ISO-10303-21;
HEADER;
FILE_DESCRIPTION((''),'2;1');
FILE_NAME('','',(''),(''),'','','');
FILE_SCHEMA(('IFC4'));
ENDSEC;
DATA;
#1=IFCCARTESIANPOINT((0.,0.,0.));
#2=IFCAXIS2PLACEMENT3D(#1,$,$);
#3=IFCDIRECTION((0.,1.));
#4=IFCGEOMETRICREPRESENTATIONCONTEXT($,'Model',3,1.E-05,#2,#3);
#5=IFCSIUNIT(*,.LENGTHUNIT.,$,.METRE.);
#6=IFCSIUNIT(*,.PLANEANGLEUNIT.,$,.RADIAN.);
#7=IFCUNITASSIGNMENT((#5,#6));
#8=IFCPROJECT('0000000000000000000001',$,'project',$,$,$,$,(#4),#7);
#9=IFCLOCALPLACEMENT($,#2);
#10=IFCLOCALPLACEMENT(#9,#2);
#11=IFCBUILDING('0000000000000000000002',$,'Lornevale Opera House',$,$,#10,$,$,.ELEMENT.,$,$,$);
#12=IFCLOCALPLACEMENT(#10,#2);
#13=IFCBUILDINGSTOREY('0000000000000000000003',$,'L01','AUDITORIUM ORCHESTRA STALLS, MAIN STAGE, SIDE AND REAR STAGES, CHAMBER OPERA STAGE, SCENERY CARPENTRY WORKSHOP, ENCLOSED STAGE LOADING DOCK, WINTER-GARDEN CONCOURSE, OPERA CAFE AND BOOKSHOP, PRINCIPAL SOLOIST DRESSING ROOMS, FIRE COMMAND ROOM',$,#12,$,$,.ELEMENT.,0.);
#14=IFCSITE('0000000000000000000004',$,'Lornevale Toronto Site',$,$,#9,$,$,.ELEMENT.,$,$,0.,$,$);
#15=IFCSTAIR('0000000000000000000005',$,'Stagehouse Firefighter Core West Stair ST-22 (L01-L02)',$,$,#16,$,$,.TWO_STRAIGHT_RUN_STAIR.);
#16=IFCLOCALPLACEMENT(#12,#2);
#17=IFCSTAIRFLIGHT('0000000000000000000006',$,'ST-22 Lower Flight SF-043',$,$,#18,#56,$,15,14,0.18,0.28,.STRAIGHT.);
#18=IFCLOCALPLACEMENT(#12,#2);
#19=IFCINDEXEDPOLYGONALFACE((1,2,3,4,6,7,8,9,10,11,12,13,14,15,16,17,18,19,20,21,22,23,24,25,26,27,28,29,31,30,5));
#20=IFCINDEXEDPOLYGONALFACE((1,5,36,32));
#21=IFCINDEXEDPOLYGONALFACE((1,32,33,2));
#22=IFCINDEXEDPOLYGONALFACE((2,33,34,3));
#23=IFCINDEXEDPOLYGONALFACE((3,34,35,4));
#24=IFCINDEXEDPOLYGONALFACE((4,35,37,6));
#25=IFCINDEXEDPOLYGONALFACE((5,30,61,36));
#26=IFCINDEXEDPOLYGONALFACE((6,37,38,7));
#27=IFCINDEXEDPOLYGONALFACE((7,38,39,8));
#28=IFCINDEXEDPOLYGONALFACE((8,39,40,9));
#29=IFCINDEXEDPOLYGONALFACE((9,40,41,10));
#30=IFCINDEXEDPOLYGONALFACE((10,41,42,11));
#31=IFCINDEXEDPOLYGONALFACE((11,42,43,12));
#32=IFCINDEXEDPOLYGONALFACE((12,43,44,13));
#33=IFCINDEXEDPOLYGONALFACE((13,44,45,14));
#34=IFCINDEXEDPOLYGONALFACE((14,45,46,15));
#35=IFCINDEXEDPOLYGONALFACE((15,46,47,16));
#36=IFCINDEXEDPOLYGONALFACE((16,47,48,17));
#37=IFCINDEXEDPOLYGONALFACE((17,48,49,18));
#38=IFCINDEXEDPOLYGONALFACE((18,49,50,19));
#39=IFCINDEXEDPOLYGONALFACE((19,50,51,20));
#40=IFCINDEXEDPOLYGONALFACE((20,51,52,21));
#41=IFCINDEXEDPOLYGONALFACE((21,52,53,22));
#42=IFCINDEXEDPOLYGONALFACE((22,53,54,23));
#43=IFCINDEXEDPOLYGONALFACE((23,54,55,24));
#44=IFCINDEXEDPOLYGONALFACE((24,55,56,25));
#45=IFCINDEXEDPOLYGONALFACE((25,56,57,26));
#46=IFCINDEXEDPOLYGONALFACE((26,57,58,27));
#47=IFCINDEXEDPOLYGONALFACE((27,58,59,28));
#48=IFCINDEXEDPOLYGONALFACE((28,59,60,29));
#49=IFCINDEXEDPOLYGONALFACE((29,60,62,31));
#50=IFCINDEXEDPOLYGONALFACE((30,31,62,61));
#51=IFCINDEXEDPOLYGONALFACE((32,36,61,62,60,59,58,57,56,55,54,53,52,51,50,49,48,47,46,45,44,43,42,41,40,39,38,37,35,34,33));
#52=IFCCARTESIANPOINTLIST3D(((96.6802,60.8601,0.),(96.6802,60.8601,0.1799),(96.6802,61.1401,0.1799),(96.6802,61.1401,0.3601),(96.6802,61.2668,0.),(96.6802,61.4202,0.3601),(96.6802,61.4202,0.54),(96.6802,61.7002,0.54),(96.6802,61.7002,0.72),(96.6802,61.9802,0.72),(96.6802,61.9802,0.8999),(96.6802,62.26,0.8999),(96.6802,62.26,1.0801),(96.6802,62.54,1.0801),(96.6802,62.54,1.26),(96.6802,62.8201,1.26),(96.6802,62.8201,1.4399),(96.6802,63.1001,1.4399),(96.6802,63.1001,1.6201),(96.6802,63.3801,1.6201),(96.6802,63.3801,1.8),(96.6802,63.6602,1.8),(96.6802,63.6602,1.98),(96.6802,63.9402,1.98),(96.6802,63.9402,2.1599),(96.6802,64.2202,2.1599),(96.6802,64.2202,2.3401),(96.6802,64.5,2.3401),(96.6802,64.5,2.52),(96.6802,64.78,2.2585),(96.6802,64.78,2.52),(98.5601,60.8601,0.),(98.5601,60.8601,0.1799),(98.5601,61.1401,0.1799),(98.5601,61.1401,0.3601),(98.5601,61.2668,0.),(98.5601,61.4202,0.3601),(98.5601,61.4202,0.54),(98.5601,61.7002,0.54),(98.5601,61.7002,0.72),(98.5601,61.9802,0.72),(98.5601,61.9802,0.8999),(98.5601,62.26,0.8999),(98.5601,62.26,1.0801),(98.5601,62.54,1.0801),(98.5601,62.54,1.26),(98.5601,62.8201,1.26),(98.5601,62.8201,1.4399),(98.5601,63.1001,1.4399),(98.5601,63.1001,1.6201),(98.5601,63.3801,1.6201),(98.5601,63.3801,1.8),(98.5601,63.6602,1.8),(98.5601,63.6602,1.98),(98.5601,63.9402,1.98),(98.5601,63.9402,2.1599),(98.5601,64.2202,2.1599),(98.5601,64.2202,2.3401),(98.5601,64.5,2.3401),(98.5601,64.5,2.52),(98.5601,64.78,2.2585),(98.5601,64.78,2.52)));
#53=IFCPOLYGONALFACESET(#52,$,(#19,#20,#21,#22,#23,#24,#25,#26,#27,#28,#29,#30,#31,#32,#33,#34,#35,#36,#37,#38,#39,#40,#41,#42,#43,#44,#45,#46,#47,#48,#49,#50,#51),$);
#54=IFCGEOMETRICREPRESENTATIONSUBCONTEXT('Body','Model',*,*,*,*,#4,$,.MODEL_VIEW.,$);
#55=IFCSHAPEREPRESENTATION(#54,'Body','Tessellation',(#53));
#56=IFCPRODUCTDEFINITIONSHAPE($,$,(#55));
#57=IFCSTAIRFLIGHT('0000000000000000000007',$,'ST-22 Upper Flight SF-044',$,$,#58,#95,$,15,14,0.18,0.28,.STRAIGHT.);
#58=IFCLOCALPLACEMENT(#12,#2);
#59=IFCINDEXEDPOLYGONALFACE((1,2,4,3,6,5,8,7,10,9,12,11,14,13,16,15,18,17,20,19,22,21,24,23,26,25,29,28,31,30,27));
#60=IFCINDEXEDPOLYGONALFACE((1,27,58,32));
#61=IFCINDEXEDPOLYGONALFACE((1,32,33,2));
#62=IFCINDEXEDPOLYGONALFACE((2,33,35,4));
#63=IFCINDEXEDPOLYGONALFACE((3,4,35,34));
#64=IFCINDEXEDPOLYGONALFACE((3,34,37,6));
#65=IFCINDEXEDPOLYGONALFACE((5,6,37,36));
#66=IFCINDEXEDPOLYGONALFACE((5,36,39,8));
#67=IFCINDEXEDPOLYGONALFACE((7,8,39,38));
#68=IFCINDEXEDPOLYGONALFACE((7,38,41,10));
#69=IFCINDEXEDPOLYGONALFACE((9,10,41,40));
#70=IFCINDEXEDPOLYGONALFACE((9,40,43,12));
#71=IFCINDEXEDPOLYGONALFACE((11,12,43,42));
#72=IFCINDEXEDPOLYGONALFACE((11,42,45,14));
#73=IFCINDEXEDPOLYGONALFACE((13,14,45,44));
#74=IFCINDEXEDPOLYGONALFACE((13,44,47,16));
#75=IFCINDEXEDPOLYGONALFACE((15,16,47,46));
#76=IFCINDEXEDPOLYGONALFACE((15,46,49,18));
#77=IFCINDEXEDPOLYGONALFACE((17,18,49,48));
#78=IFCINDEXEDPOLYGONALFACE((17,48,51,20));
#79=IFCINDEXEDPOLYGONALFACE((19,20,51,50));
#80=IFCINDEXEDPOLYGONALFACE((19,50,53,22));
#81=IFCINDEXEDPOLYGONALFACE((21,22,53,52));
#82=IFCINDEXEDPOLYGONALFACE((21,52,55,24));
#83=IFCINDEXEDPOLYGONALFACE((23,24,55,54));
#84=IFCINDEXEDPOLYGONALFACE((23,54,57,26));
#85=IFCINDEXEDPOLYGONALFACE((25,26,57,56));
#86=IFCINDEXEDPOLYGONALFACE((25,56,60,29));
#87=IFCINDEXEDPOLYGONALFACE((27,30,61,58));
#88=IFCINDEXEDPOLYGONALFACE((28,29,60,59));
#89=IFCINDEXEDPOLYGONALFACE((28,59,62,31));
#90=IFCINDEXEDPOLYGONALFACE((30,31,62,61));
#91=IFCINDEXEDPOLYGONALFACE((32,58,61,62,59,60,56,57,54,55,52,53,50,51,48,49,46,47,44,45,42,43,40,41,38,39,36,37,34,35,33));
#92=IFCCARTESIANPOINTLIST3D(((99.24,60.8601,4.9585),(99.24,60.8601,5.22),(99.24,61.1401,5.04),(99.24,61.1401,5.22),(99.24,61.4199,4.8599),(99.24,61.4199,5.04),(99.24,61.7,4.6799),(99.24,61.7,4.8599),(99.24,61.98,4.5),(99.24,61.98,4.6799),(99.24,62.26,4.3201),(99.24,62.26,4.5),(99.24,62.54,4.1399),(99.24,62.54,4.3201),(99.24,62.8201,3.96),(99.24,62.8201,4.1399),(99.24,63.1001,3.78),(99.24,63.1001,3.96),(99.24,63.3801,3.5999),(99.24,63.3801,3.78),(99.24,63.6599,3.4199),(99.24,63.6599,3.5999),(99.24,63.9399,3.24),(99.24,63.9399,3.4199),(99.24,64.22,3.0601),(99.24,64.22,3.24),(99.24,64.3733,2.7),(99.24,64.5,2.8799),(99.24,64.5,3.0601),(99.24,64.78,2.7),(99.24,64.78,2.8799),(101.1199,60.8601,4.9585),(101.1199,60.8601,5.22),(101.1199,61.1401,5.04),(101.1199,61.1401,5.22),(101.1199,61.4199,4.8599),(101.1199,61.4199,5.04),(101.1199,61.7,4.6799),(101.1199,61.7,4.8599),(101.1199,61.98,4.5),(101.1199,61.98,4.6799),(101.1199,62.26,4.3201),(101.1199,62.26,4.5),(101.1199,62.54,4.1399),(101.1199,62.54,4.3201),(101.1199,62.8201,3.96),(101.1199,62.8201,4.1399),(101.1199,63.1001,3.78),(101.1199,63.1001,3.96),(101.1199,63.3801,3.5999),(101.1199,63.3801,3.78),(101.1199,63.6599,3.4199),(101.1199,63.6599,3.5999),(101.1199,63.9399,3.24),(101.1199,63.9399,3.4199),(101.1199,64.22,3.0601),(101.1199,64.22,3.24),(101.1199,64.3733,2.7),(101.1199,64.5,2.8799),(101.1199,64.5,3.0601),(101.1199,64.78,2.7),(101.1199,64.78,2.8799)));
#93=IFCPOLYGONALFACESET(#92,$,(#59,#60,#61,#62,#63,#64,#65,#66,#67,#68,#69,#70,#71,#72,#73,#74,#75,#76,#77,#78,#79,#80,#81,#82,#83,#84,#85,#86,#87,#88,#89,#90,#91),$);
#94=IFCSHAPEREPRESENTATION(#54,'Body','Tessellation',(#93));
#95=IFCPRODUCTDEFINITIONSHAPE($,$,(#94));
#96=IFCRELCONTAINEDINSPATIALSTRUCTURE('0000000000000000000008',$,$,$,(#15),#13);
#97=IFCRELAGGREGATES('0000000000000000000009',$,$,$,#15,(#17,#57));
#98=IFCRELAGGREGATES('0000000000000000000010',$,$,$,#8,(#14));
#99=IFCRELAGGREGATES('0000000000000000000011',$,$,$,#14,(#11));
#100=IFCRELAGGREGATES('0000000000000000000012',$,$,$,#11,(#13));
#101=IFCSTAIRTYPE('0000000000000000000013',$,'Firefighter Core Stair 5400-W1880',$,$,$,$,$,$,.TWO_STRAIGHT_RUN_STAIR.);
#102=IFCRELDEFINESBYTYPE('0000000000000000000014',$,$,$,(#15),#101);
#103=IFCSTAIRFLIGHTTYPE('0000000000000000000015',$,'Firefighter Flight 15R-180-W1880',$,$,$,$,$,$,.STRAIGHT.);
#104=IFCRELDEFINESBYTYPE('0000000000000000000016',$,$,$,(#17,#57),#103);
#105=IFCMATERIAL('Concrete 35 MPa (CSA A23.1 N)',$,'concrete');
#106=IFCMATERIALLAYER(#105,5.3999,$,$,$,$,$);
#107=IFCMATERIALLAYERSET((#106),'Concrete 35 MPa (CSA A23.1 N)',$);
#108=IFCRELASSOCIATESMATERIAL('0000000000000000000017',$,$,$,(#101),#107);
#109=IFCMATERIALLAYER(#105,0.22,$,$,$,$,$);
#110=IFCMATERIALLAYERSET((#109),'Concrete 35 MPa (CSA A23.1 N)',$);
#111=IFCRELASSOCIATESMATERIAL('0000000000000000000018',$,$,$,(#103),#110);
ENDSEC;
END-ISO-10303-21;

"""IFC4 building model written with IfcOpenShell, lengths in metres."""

from ifc_helpers import new_model, si_unit, direction, frame, origin, place, context, subcontext, project, spatial, polyline, outline, extrude, material, layer, layer_set, type_object, element, aggregate, save


model = new_model("IFC4")

# Units and contexts
model_context = context("Model", 3, precision=1e-05, world=origin(), true_north=direction((0.0, 1.0)))
body_context = subcontext(model_context, "Body", "Model", "MODEL_VIEW")
ifc_project = project(units=[si_unit("LENGTHUNIT", "METRE"), si_unit("PLANEANGLEUNIT", "RADIAN")], contexts=[model_context])

# Site, building, storey
site_placement = place(None, origin())
site = spatial("IfcSite", under=ifc_project, at=site_placement, Name="Lornevale Toronto Site", CompositionType="ELEMENT", RefElevation=0.0)
building_placement = place(site_placement, origin())
building = spatial("IfcBuilding", under=site, at=building_placement, Name="Lornevale Opera House", CompositionType="ELEMENT")
storey_placement = place(building_placement, origin())
storey = spatial("IfcBuildingStorey", under=building, at=storey_placement, Name="L01", Description="AUDITORIUM ORCHESTRA STALLS, MAIN STAGE, SIDE AND REAR STAGES, CHAMBER OPERA STAGE, SCENERY CARPENTRY WORKSHOP, ENCLOSED STAGE LOADING DOCK, WINTER-GARDEN CONCOURSE, OPERA CAFE AND BOOKSHOP, PRINCIPAL SOLOIST DRESSING ROOMS, FIRE COMMAND ROOM", CompositionType="ELEMENT", Elevation=0.0)

# Shared definitions
ifc_material_1 = material(Name="Concrete 35 MPa (CSA A23.1 N)", Category="concrete")

# Stair, stair flights
ifc_layer_1 = layer(ifc_material_1, 5.3999)
ifc_layer_set_1 = layer_set([ifc_layer_1], Name="Concrete 35 MPa (CSA A23.1 N)")
stair_type = type_object("IfcStairType", Name="Firefighter Core Stair 5400-W1880", PredefinedType="TWO_STRAIGHT_RUN_STAIR", material=ifc_layer_set_1)
stair_placement = place(storey_placement, origin())
stair = element("IfcStair", 1, at=stair_placement, inside=storey, type_object=stair_type, Name="Stagehouse Firefighter Core West Stair ST-22 (L01-L02)", PredefinedType="TWO_STRAIGHT_RUN_STAIR")
ifc_layer_2 = layer(ifc_material_1, 0.22)
ifc_layer_set_2 = layer_set([ifc_layer_2], Name="Concrete 35 MPa (CSA A23.1 N)")
stair_flight_type = type_object("IfcStairFlightType", Name="Firefighter Flight 15R-180-W1880", PredefinedType="STRAIGHT", material=ifc_layer_set_2)
stair_flight_1_placement = place(storey_placement, frame((97.6201, 60.8601, 0.0), z_axis=(0.0, 0.0, 1.0), x_axis=(0.0, 1.0, 0.0)))
stair_flight_1 = element("IfcStairFlight", 2, at=stair_flight_1_placement, type_object=stair_flight_type, Name="ST-22 Lower Flight SF-043", NumberOfRisers=15, NumberOfTreads=14, PredefinedType="STRAIGHT", RiserHeight=0.18, TreadLength=0.28, context=body_context, shape_type="SweptSolid", body=[
    extrude(outline(polyline([(0.0, 0.0), (0.0, 0.1799), (0.28, 0.1799), (0.28, 0.3601), (0.5601, 0.3601), (0.5601, 0.54), (0.8401, 0.54), (0.8401, 0.72), (1.1201, 0.72), (1.1201, 0.8999), (1.3999, 0.8999), (1.3999, 1.0801), (1.6799, 1.0801), (1.6799, 1.26), (1.96, 1.26), (1.96, 1.4399), (2.24, 1.4399), (2.24, 1.6201), (2.52, 1.6201), (2.52, 1.8), (2.8, 1.8), (2.8, 1.98), (3.0801, 1.98), (3.0801, 2.1599), (3.3601, 2.1599), (3.3601, 2.3401), (3.6399, 2.3401), (3.6399, 2.52), (3.9199, 2.52), (3.9199, 2.2585), (0.4067, 0.0), (0.0, 0.0)])), frame((0.0, 0.9399, 0.0), z_axis=(0.0, -1.0, 0.0), x_axis=(1.0, 0.0, 0.0)), (0.0, 0.0, 1.0), 1.8799),
])
stair_flight_2_placement = place(storey_placement, frame((100.1799, 64.78, 2.7), z_axis=(0.0, 0.0, 1.0), x_axis=(0.0, -1.0, 0.0)))
stair_flight_2 = element("IfcStairFlight", 3, at=stair_flight_2_placement, type_object=stair_flight_type, Name="ST-22 Upper Flight SF-044", NumberOfRisers=15, NumberOfTreads=14, PredefinedType="STRAIGHT", RiserHeight=0.18, TreadLength=0.28, context=body_context, shape_type="SweptSolid", body=[
    extrude(outline(polyline([(0.0, 0.0), (0.0, 0.1799), (0.28, 0.1799), (0.28, 0.3601), (0.5601, 0.3601), (0.5601, 0.54), (0.8401, 0.54), (0.8401, 0.72), (1.1201, 0.72), (1.1201, 0.8999), (1.3999, 0.8999), (1.3999, 1.0801), (1.6799, 1.0801), (1.6799, 1.26), (1.96, 1.26), (1.96, 1.4399), (2.24, 1.4399), (2.24, 1.6201), (2.52, 1.6201), (2.52, 1.8), (2.8, 1.8), (2.8, 1.98), (3.0801, 1.98), (3.0801, 2.1599), (3.3601, 2.1599), (3.3601, 2.3401), (3.6399, 2.3401), (3.6399, 2.52), (3.9199, 2.52), (3.9199, 2.2585), (0.4067, 0.0), (0.0, 0.0)])), frame((0.0, 0.9399, 0.0), z_axis=(0.0, -1.0, 0.0), x_axis=(1.0, 0.0, 0.0)), (0.0, 0.0, 1.0), 1.8799),
])
aggregate(stair, [stair_flight_1, stair_flight_2])

save(model, "model.ifc")
